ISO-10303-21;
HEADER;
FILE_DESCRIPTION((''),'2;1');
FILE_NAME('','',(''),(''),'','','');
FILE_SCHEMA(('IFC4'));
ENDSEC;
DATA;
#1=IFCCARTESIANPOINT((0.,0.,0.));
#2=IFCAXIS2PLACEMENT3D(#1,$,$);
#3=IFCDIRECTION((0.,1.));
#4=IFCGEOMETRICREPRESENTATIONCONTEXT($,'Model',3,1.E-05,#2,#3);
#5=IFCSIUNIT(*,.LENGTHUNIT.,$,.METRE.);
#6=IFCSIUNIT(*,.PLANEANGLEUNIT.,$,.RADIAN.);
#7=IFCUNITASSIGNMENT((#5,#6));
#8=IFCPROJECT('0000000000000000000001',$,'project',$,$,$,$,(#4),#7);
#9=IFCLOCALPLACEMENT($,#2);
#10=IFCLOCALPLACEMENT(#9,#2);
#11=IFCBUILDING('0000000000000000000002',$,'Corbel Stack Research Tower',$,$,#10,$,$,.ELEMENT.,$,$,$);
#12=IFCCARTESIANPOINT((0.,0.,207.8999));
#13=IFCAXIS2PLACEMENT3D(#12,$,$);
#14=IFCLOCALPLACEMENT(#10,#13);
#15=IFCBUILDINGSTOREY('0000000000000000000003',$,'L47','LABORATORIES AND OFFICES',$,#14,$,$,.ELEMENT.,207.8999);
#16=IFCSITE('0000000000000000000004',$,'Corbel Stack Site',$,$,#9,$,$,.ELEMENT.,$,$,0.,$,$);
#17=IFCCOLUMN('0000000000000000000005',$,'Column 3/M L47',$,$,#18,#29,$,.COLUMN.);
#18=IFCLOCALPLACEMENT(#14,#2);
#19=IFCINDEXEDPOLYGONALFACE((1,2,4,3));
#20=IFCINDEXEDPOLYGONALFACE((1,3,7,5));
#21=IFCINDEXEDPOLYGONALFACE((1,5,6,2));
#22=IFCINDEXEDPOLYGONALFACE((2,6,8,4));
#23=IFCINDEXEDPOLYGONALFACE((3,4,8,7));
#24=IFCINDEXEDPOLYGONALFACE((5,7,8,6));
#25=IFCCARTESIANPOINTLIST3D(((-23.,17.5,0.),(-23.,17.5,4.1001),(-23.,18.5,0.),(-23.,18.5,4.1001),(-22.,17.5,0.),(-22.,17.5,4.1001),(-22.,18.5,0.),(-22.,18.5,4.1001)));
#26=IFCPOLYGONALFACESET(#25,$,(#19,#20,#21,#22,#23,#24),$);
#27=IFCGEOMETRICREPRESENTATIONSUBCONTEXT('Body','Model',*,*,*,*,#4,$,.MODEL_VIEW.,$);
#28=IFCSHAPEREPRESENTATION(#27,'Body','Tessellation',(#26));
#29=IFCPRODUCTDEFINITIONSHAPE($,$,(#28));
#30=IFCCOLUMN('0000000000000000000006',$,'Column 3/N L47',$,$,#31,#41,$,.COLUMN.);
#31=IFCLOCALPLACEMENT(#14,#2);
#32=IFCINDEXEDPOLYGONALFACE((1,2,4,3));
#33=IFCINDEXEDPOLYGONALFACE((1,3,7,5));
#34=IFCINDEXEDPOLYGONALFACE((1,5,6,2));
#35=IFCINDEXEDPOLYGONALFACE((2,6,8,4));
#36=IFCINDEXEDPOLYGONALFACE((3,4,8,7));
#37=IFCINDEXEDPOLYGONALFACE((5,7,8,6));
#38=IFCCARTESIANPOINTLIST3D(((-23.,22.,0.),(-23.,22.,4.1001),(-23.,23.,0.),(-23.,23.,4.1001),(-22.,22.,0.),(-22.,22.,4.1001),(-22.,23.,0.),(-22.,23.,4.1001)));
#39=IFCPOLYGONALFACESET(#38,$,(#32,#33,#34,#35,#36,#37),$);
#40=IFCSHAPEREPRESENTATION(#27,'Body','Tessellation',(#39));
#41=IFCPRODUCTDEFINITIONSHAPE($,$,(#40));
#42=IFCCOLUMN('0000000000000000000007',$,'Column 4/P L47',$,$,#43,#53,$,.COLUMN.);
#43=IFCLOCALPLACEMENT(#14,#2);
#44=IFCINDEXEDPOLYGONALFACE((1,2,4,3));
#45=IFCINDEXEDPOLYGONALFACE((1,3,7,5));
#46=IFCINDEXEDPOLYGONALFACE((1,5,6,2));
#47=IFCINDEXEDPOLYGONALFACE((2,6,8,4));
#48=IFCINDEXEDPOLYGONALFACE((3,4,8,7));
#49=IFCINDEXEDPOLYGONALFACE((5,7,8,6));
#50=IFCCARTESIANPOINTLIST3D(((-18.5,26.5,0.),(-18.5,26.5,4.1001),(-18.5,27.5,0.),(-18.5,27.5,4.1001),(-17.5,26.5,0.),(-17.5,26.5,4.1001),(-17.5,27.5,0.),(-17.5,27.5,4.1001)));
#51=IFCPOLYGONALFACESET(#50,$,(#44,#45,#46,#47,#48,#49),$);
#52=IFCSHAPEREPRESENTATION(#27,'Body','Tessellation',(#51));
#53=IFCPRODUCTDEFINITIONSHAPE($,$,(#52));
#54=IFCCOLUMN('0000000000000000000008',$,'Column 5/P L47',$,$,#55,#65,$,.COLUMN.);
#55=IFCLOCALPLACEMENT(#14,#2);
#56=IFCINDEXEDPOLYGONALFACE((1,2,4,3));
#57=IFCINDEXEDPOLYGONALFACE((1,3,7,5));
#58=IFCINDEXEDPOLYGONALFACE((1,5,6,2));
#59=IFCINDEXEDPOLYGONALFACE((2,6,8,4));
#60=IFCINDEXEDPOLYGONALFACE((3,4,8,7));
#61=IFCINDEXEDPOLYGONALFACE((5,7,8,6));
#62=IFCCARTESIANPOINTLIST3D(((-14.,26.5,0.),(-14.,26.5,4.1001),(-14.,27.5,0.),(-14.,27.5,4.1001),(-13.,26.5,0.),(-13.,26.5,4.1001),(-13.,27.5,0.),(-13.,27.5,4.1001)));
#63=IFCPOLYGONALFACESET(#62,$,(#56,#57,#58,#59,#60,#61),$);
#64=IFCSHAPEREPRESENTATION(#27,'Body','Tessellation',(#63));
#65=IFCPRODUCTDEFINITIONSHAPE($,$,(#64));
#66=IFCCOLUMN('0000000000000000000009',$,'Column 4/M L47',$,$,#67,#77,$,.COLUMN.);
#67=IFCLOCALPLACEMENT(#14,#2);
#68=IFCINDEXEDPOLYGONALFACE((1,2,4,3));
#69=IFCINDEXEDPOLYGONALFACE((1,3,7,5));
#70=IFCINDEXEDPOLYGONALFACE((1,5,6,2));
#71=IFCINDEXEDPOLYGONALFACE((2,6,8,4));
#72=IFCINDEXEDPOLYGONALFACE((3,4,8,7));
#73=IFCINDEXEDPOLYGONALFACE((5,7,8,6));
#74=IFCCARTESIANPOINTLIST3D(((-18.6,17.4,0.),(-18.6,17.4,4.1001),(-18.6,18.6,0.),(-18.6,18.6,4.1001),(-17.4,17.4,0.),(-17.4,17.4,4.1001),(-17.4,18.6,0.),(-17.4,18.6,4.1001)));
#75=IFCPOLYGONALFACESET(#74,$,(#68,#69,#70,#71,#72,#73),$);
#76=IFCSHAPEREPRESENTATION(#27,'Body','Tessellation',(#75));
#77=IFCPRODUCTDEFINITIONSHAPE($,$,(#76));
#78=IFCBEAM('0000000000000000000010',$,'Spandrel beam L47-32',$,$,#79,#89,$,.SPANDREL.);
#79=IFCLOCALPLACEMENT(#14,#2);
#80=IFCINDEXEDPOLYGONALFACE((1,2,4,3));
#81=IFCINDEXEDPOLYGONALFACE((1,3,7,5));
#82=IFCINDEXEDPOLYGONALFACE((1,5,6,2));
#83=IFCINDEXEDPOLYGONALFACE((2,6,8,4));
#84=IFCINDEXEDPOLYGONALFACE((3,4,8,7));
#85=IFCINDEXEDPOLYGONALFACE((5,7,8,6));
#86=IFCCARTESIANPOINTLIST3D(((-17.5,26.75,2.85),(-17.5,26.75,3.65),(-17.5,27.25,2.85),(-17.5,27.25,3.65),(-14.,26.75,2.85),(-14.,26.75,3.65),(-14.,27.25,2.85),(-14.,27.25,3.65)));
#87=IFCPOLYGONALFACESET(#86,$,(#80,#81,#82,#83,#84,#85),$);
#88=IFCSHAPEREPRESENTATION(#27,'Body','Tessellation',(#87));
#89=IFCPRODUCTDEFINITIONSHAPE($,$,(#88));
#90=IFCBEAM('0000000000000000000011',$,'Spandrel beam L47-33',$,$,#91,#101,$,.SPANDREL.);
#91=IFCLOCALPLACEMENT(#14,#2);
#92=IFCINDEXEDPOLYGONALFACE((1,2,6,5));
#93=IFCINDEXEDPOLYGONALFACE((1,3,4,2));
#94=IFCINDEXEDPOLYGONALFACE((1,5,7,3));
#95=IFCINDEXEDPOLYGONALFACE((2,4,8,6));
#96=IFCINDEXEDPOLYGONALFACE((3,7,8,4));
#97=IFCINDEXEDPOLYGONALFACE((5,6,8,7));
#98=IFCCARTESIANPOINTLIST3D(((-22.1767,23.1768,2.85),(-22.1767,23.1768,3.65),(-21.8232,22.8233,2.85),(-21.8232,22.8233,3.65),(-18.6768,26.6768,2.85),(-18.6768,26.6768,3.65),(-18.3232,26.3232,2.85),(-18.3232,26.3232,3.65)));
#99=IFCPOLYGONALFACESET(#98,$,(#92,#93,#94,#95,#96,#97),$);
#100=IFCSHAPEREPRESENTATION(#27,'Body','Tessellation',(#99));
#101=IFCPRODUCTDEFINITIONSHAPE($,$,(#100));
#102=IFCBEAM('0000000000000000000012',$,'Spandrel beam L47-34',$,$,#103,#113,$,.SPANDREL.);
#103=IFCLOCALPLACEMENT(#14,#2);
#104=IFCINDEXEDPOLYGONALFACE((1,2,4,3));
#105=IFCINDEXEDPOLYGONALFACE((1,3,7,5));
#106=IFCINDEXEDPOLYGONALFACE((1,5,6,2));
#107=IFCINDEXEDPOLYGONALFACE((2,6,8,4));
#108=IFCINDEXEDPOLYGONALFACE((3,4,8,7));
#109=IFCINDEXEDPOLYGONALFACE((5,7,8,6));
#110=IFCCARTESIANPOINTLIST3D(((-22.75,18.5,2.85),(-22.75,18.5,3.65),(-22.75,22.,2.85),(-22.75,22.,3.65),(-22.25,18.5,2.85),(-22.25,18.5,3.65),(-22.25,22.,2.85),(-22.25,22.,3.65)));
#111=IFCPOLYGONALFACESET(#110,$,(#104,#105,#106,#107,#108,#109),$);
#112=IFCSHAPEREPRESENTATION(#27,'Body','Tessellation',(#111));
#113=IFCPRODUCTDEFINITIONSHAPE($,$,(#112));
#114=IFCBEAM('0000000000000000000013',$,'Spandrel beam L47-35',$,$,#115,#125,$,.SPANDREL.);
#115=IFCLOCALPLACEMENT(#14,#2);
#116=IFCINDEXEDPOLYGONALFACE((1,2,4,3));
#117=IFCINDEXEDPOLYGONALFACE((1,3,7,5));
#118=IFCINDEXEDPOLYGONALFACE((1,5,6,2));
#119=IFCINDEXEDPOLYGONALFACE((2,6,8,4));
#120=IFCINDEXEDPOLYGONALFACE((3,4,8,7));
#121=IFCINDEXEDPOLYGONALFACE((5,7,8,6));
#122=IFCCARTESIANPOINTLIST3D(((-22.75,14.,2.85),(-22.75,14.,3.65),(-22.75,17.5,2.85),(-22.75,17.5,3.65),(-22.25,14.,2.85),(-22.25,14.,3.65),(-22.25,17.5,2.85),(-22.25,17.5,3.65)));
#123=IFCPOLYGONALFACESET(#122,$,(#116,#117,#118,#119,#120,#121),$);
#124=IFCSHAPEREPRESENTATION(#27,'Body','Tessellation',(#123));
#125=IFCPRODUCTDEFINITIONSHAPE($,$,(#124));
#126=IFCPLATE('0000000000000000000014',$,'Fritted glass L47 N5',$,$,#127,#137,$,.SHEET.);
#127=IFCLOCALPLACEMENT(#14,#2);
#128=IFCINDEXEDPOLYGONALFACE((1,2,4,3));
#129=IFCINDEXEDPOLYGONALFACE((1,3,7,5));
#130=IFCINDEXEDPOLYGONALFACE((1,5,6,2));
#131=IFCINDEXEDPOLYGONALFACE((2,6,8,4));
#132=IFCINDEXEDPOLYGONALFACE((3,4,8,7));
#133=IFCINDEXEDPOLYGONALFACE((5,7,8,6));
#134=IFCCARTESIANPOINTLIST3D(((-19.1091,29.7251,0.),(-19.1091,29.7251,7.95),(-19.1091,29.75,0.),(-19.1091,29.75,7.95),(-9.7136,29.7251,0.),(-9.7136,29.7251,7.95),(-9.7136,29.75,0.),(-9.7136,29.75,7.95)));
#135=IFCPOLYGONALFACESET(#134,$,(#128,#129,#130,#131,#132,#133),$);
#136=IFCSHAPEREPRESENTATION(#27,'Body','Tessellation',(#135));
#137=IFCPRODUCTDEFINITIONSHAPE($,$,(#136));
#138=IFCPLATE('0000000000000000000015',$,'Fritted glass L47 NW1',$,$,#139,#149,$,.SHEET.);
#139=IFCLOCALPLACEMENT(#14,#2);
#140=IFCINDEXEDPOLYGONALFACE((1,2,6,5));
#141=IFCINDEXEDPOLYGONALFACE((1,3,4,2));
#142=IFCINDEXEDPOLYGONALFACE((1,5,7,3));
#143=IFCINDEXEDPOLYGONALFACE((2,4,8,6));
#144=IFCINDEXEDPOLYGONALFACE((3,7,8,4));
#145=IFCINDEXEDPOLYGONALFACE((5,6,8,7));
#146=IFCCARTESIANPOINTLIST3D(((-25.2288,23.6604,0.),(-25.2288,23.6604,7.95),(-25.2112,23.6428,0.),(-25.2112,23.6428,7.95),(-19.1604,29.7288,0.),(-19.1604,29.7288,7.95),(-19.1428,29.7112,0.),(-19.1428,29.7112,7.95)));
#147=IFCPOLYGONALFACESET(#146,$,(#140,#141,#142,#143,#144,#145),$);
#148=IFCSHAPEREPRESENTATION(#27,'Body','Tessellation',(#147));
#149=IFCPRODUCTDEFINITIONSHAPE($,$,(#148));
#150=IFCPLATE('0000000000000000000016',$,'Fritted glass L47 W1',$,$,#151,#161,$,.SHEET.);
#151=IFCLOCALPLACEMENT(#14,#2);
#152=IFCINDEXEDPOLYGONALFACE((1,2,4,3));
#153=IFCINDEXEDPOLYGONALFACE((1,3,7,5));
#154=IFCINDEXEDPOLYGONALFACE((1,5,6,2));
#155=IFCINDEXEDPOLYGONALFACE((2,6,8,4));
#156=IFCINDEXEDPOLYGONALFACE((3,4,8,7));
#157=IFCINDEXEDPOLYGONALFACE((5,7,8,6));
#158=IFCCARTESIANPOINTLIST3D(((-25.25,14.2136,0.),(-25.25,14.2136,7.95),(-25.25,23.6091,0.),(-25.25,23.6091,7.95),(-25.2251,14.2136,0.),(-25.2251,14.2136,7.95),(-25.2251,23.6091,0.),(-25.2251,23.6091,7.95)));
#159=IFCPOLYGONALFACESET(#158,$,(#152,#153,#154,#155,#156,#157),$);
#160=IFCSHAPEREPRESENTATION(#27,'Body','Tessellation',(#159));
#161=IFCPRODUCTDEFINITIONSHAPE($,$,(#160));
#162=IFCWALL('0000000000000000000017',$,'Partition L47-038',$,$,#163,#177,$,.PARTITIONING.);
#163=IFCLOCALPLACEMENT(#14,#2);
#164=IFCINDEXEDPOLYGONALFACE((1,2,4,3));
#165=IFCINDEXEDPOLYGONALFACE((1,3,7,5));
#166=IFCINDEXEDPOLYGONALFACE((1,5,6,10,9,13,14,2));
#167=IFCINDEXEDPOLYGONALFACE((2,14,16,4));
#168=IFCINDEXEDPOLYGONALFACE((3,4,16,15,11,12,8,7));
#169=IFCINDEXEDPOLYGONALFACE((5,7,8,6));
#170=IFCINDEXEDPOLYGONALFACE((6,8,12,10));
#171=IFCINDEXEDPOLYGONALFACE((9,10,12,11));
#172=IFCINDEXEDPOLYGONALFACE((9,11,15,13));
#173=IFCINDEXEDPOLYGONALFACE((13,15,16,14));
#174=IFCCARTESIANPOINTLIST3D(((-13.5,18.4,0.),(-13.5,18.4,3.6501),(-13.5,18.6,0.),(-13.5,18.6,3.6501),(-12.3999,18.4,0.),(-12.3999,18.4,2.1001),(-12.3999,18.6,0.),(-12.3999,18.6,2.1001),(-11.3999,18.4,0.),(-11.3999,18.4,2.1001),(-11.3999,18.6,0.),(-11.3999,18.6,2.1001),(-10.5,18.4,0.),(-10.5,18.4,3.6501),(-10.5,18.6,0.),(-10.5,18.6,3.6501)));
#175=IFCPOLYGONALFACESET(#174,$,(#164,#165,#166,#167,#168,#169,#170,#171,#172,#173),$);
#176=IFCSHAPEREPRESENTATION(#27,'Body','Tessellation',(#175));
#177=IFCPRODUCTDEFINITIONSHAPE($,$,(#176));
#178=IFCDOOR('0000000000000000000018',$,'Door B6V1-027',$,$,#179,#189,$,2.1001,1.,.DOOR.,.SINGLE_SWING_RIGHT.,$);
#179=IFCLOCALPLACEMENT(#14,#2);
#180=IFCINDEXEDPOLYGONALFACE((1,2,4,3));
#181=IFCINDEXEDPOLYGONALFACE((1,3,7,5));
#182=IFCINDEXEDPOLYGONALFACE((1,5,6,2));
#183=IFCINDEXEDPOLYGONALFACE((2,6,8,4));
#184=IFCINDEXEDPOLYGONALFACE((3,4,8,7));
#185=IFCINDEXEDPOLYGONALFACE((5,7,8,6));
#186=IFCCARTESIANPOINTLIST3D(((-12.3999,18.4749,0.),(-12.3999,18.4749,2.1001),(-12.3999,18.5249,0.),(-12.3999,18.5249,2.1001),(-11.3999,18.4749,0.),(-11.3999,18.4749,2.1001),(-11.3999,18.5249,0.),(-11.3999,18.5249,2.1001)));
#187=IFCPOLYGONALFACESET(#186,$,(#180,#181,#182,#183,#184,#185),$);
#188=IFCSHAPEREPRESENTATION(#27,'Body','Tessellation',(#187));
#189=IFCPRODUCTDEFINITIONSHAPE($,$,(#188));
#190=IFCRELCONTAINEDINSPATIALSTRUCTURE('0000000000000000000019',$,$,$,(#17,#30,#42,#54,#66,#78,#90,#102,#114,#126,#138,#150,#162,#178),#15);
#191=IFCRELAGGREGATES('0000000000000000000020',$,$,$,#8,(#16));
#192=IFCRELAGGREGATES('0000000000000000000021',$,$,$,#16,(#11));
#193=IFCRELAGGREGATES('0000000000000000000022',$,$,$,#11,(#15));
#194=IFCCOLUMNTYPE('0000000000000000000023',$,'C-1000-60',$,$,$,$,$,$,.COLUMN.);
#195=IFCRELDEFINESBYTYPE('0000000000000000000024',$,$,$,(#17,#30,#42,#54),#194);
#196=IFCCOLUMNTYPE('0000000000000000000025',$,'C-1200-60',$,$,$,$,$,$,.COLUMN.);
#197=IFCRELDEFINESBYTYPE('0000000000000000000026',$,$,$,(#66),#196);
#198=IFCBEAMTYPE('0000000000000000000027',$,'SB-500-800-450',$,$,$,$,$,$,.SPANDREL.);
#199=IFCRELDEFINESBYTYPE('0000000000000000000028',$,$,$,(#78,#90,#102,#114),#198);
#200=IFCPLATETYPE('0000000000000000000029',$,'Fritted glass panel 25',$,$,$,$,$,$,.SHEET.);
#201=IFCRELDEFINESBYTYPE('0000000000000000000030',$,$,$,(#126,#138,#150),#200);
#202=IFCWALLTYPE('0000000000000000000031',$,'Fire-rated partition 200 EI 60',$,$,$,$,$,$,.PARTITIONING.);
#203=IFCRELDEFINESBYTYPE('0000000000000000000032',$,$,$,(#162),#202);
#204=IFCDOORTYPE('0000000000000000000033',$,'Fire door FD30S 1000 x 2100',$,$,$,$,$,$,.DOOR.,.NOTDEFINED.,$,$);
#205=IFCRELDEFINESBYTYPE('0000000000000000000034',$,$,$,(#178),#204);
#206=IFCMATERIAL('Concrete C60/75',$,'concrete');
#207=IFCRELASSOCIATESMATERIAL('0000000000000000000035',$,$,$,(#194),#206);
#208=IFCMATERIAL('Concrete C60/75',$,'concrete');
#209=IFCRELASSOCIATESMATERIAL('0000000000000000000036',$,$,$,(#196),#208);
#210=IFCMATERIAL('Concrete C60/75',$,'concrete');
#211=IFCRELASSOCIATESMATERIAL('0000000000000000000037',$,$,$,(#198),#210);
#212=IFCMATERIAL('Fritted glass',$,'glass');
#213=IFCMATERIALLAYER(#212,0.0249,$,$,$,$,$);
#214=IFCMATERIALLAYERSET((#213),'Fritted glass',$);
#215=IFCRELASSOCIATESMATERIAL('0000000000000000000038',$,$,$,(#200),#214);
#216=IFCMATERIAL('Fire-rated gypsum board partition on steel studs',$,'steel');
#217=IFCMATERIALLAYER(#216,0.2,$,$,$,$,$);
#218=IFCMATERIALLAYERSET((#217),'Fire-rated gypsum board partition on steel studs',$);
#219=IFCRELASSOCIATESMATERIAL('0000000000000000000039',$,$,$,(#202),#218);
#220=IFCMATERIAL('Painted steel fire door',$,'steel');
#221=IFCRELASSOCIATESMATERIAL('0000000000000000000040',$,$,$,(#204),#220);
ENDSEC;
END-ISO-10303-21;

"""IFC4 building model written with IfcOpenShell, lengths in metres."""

from ifc_helpers import new_model, si_unit, direction, frame, frame_2d, origin, origin_2d, place, context, subcontext, project, spatial, rectangle, extrude, material, layer, layer_set, material_profile, profile_set, type_object, element, fill, save


model = new_model("IFC4")

# Units and contexts
model_context = context("Model", 3, precision=1e-05, world=origin(), true_north=direction((0.0, 1.0)))
body_context = subcontext(model_context, "Body", "Model", "MODEL_VIEW")
ifc_project = project(units=[si_unit("LENGTHUNIT", "METRE"), si_unit("PLANEANGLEUNIT", "RADIAN")], contexts=[model_context])

# Site, building, storey
site_placement = place(None, origin())
site = spatial("IfcSite", under=ifc_project, at=site_placement, Name="Corbel Stack Site", CompositionType="ELEMENT", RefElevation=0.0)
building_placement = place(site_placement, origin())
building = spatial("IfcBuilding", under=site, at=building_placement, Name="Corbel Stack Research Tower", CompositionType="ELEMENT")
storey_placement = place(building_placement, frame((0.0, 0.0, 207.8999)))
storey = spatial("IfcBuildingStorey", under=building, at=storey_placement, Name="L47", Description="LABORATORIES AND OFFICES", CompositionType="ELEMENT", Elevation=207.8999)

# Columns
ifc_material_1 = material(Name="Concrete C60/75", Category="concrete")
ifc_material_profile_1 = material_profile(ifc_material_1, rectangle(XDim=1.0, YDim=1.0, at=origin_2d()), Name="RC 1000 x 1000")
ifc_profile_set_1 = profile_set([ifc_material_profile_1], Name="Concrete C60/75")
column_type_1 = type_object("IfcColumnType", Name="C-1000-60", PredefinedType="COLUMN", material=ifc_profile_set_1)
for number, where, z_axis, x_axis, name in (
    (1, (-22.5, 18.0, 0.0), (0.0, 0.0, 1.0), (1.0, 0.0, 0.0), "Column 3/M L47"),
    (2, (-22.5, 22.5, 0.0), (0.0, 0.0, 1.0), (1.0, 0.0, 0.0), "Column 3/N L47"),
    (3, (-18.0, 27.0, 0.0), (0.0, 0.0, 1.0), (1.0, 0.0, 0.0), "Column 4/P L47"),
    (4, (-13.5, 27.0, 0.0), (0.0, 0.0, 1.0), (1.0, 0.0, 0.0), "Column 5/P L47"),
):
    element("IfcColumn", number, at=place(storey_placement, frame(where, z_axis=z_axis, x_axis=x_axis)), inside=storey, type_object=column_type_1, Name=name, PredefinedType="COLUMN", context=body_context, shape_type="SweptSolid", body=[
        extrude(rectangle(XDim=1.0, YDim=1.0, at=origin_2d()), origin(), (0.0, 0.0, 1.0), 4.1001),
    ])
ifc_material_2 = material(Name="Concrete C60/75", Category="concrete")
ifc_material_profile_2 = material_profile(ifc_material_2, rectangle(XDim=1.2, YDim=1.2, at=origin_2d()), Name="RC 1200 x 1200")
ifc_profile_set_2 = profile_set([ifc_material_profile_2], Name="Concrete C60/75")
column_type_2 = type_object("IfcColumnType", Name="C-1200-60", PredefinedType="COLUMN", material=ifc_profile_set_2)
column_placement = place(storey_placement, frame((-18.0, 18.0, 0.0), z_axis=(0.0, 0.0, 1.0), x_axis=(1.0, 0.0, 0.0)))
element("IfcColumn", 5, at=column_placement, inside=storey, type_object=column_type_2, Name="Column 4/M L47", PredefinedType="COLUMN", context=body_context, shape_type="SweptSolid", body=[
    extrude(rectangle(XDim=1.2, YDim=1.2, at=origin_2d()), origin(), (0.0, 0.0, 1.0), 4.1001),
])

# Beams
ifc_material_3 = material(Name="Concrete C60/75", Category="concrete")
ifc_material_profile_3 = material_profile(ifc_material_3, rectangle(XDim=0.5, YDim=0.8, at=origin_2d()), Name="RC 500 x 800")
ifc_profile_set_3 = profile_set([ifc_material_profile_3], Name="Concrete C60/75")
beam_type = type_object("IfcBeamType", Name="SB-500-800-450", PredefinedType="SPANDREL", material=ifc_profile_set_3)
beam_1_placement = place(storey_placement, frame((-14.0, 27.0, 3.25), z_axis=(-1.0, 0.0, 0.0), x_axis=(0.0, -1.0, 0.0)))
element("IfcBeam", 6, at=beam_1_placement, inside=storey, type_object=beam_type, Name="Spandrel beam L47-32", PredefinedType="SPANDREL", context=body_context, shape_type="SweptSolid", body=[
    extrude(rectangle(XDim=0.5, YDim=0.8, at=origin_2d()), origin(), (0.0, 0.0, 1.0), 3.5),
])
beam_2_placement = place(storey_placement, frame((-18.5, 26.5, 3.25), z_axis=(-0.707107, -0.707107, 0.0), x_axis=(0.707107, -0.707107, 0.0)))
element("IfcBeam", 7, at=beam_2_placement, inside=storey, type_object=beam_type, Name="Spandrel beam L47-33", PredefinedType="SPANDREL", context=body_context, shape_type="SweptSolid", body=[
    extrude(rectangle(XDim=0.5, YDim=0.8, at=origin_2d()), origin(), (0.0, 0.0, 1.0), 4.9497),
])
for number, where, z_axis, x_axis, name in (
    (8, (-22.5, 22.0, 3.25), (0.0, -1.0, 0.0), (1.0, 0.0, 0.0), "Spandrel beam L47-34"),
    (9, (-22.5, 17.5, 3.25), (0.0, -1.0, 0.0), (1.0, 0.0, 0.0), "Spandrel beam L47-35"),
):
    element("IfcBeam", number, at=place(storey_placement, frame(where, z_axis=z_axis, x_axis=x_axis)), inside=storey, type_object=beam_type, Name=name, PredefinedType="SPANDREL", context=body_context, shape_type="SweptSolid", body=[
        extrude(rectangle(XDim=0.5, YDim=0.8, at=origin_2d()), origin(), (0.0, 0.0, 1.0), 3.5),
    ])

# Plates
ifc_material_4 = material(Name="Fritted glass", Category="glass")
ifc_layer_1 = layer(ifc_material_4, 0.0249)
ifc_layer_set_1 = layer_set([ifc_layer_1], Name="Fritted glass")
plate_type = type_object("IfcPlateType", Name="Fritted glass panel 25", PredefinedType="SHEET", material=ifc_layer_set_1)
plate_1_placement = place(storey_placement, frame((-14.4114, 29.7375, 0.0), z_axis=(0.0, 0.0, 1.0), x_axis=(-1.0, 0.0, 0.0)))
element("IfcPlate", 10, at=plate_1_placement, inside=storey, type_object=plate_type, Name="Fritted glass L47 N5", PredefinedType="SHEET", context=body_context, shape_type="SweptSolid", body=[
    extrude(rectangle(XDim=9.3955, YDim=0.0249, at=origin_2d()), origin(), (0.0, 0.0, 1.0), 7.95),
])
plate_2_placement = place(storey_placement, frame((-22.1858, 26.6858, 0.0), z_axis=(0.0, 0.0, 1.0), x_axis=(-0.707107, -0.707107, 0.0)))
element("IfcPlate", 11, at=plate_2_placement, inside=storey, type_object=plate_type, Name="Fritted glass L47 NW1", PredefinedType="SHEET", context=body_context, shape_type="SweptSolid", body=[
    extrude(rectangle(XDim=8.582, YDim=0.0249, at=origin_2d()), origin(), (0.0, 0.0, 1.0), 7.95),
])
plate_3_placement = place(storey_placement, frame((-25.2375, 18.9114, 0.0), z_axis=(0.0, 0.0, 1.0), x_axis=(0.0, -1.0, 0.0)))
element("IfcPlate", 12, at=plate_3_placement, inside=storey, type_object=plate_type, Name="Fritted glass L47 W1", PredefinedType="SHEET", context=body_context, shape_type="SweptSolid", body=[
    extrude(rectangle(XDim=9.3955, YDim=0.0249, at=origin_2d()), origin(), (0.0, 0.0, 1.0), 7.95),
])

# Wall, opening, door
ifc_material_5 = material(Name="Fire-rated gypsum board partition on steel studs", Category="steel")
ifc_layer_2 = layer(ifc_material_5, 0.2)
ifc_layer_set_2 = layer_set([ifc_layer_2], Name="Fire-rated gypsum board partition on steel studs")
wall_type_1 = type_object("IfcWallType", Name="Fire-rated partition 200 EI 60", PredefinedType="PARTITIONING", material=ifc_layer_set_2)
wall_1_placement = place(storey_placement, frame((-13.5, 18.5, 0.0), z_axis=(0.0, 0.0, 1.0), x_axis=(1.0, 0.0, 0.0)))
wall_1 = element("IfcWall", 13, at=wall_1_placement, inside=storey, type_object=wall_type_1, Name="Partition L47-038", PredefinedType="PARTITIONING", context=body_context, shape_type="SweptSolid", body=[
    extrude(rectangle(XDim=3.0, YDim=0.2, at=frame_2d((1.5, 0.0))), origin(), (0.0, 0.0, 1.0), 3.6501),
])
opening_1_placement = place(wall_1_placement, frame((1.1001, 0.0, 0.0)))
opening_1 = element("IfcOpeningElement", 14, at=opening_1_placement, cuts=wall_1, PredefinedType="OPENING", context=body_context, shape_type="SweptSolid", body=[
    extrude(rectangle(XDim=1.0, YDim=2.1001, at=frame_2d((0.5, 1.05))), frame((0.0, 0.1099, 0.0), z_axis=(0.0, -1.0, 0.0), x_axis=(1.0, 0.0, 0.0)), (0.0, 0.0, 1.0), 0.22),
])
ifc_material_6 = material(Name="Painted steel fire door", Category="steel")
door_type_1 = type_object("IfcDoorType", Name="Fire door FD30S 1000 x 2100", OperationType="NOTDEFINED", PredefinedType="DOOR", material=ifc_material_6)
door_1_placement = place(opening_1_placement, origin())
door_1 = element("IfcDoor", 15, at=door_1_placement, inside=storey, type_object=door_type_1, Name="Door B6V1-027", OperationType="SINGLE_SWING_RIGHT", OverallHeight=2.1001, OverallWidth=1.0, PredefinedType="DOOR", context=body_context, shape_type="SweptSolid", body=[
    extrude(rectangle(XDim=1.0, YDim=2.1001, at=frame_2d((0.5, 1.05))), frame((0.0, 0.0249, 0.0), z_axis=(0.0, -1.0, 0.0), x_axis=(1.0, 0.0, 0.0)), (0.0, 0.0, 1.0), 0.05),
])
fill(opening_1, door_1)

save(model, "model.ifc")
